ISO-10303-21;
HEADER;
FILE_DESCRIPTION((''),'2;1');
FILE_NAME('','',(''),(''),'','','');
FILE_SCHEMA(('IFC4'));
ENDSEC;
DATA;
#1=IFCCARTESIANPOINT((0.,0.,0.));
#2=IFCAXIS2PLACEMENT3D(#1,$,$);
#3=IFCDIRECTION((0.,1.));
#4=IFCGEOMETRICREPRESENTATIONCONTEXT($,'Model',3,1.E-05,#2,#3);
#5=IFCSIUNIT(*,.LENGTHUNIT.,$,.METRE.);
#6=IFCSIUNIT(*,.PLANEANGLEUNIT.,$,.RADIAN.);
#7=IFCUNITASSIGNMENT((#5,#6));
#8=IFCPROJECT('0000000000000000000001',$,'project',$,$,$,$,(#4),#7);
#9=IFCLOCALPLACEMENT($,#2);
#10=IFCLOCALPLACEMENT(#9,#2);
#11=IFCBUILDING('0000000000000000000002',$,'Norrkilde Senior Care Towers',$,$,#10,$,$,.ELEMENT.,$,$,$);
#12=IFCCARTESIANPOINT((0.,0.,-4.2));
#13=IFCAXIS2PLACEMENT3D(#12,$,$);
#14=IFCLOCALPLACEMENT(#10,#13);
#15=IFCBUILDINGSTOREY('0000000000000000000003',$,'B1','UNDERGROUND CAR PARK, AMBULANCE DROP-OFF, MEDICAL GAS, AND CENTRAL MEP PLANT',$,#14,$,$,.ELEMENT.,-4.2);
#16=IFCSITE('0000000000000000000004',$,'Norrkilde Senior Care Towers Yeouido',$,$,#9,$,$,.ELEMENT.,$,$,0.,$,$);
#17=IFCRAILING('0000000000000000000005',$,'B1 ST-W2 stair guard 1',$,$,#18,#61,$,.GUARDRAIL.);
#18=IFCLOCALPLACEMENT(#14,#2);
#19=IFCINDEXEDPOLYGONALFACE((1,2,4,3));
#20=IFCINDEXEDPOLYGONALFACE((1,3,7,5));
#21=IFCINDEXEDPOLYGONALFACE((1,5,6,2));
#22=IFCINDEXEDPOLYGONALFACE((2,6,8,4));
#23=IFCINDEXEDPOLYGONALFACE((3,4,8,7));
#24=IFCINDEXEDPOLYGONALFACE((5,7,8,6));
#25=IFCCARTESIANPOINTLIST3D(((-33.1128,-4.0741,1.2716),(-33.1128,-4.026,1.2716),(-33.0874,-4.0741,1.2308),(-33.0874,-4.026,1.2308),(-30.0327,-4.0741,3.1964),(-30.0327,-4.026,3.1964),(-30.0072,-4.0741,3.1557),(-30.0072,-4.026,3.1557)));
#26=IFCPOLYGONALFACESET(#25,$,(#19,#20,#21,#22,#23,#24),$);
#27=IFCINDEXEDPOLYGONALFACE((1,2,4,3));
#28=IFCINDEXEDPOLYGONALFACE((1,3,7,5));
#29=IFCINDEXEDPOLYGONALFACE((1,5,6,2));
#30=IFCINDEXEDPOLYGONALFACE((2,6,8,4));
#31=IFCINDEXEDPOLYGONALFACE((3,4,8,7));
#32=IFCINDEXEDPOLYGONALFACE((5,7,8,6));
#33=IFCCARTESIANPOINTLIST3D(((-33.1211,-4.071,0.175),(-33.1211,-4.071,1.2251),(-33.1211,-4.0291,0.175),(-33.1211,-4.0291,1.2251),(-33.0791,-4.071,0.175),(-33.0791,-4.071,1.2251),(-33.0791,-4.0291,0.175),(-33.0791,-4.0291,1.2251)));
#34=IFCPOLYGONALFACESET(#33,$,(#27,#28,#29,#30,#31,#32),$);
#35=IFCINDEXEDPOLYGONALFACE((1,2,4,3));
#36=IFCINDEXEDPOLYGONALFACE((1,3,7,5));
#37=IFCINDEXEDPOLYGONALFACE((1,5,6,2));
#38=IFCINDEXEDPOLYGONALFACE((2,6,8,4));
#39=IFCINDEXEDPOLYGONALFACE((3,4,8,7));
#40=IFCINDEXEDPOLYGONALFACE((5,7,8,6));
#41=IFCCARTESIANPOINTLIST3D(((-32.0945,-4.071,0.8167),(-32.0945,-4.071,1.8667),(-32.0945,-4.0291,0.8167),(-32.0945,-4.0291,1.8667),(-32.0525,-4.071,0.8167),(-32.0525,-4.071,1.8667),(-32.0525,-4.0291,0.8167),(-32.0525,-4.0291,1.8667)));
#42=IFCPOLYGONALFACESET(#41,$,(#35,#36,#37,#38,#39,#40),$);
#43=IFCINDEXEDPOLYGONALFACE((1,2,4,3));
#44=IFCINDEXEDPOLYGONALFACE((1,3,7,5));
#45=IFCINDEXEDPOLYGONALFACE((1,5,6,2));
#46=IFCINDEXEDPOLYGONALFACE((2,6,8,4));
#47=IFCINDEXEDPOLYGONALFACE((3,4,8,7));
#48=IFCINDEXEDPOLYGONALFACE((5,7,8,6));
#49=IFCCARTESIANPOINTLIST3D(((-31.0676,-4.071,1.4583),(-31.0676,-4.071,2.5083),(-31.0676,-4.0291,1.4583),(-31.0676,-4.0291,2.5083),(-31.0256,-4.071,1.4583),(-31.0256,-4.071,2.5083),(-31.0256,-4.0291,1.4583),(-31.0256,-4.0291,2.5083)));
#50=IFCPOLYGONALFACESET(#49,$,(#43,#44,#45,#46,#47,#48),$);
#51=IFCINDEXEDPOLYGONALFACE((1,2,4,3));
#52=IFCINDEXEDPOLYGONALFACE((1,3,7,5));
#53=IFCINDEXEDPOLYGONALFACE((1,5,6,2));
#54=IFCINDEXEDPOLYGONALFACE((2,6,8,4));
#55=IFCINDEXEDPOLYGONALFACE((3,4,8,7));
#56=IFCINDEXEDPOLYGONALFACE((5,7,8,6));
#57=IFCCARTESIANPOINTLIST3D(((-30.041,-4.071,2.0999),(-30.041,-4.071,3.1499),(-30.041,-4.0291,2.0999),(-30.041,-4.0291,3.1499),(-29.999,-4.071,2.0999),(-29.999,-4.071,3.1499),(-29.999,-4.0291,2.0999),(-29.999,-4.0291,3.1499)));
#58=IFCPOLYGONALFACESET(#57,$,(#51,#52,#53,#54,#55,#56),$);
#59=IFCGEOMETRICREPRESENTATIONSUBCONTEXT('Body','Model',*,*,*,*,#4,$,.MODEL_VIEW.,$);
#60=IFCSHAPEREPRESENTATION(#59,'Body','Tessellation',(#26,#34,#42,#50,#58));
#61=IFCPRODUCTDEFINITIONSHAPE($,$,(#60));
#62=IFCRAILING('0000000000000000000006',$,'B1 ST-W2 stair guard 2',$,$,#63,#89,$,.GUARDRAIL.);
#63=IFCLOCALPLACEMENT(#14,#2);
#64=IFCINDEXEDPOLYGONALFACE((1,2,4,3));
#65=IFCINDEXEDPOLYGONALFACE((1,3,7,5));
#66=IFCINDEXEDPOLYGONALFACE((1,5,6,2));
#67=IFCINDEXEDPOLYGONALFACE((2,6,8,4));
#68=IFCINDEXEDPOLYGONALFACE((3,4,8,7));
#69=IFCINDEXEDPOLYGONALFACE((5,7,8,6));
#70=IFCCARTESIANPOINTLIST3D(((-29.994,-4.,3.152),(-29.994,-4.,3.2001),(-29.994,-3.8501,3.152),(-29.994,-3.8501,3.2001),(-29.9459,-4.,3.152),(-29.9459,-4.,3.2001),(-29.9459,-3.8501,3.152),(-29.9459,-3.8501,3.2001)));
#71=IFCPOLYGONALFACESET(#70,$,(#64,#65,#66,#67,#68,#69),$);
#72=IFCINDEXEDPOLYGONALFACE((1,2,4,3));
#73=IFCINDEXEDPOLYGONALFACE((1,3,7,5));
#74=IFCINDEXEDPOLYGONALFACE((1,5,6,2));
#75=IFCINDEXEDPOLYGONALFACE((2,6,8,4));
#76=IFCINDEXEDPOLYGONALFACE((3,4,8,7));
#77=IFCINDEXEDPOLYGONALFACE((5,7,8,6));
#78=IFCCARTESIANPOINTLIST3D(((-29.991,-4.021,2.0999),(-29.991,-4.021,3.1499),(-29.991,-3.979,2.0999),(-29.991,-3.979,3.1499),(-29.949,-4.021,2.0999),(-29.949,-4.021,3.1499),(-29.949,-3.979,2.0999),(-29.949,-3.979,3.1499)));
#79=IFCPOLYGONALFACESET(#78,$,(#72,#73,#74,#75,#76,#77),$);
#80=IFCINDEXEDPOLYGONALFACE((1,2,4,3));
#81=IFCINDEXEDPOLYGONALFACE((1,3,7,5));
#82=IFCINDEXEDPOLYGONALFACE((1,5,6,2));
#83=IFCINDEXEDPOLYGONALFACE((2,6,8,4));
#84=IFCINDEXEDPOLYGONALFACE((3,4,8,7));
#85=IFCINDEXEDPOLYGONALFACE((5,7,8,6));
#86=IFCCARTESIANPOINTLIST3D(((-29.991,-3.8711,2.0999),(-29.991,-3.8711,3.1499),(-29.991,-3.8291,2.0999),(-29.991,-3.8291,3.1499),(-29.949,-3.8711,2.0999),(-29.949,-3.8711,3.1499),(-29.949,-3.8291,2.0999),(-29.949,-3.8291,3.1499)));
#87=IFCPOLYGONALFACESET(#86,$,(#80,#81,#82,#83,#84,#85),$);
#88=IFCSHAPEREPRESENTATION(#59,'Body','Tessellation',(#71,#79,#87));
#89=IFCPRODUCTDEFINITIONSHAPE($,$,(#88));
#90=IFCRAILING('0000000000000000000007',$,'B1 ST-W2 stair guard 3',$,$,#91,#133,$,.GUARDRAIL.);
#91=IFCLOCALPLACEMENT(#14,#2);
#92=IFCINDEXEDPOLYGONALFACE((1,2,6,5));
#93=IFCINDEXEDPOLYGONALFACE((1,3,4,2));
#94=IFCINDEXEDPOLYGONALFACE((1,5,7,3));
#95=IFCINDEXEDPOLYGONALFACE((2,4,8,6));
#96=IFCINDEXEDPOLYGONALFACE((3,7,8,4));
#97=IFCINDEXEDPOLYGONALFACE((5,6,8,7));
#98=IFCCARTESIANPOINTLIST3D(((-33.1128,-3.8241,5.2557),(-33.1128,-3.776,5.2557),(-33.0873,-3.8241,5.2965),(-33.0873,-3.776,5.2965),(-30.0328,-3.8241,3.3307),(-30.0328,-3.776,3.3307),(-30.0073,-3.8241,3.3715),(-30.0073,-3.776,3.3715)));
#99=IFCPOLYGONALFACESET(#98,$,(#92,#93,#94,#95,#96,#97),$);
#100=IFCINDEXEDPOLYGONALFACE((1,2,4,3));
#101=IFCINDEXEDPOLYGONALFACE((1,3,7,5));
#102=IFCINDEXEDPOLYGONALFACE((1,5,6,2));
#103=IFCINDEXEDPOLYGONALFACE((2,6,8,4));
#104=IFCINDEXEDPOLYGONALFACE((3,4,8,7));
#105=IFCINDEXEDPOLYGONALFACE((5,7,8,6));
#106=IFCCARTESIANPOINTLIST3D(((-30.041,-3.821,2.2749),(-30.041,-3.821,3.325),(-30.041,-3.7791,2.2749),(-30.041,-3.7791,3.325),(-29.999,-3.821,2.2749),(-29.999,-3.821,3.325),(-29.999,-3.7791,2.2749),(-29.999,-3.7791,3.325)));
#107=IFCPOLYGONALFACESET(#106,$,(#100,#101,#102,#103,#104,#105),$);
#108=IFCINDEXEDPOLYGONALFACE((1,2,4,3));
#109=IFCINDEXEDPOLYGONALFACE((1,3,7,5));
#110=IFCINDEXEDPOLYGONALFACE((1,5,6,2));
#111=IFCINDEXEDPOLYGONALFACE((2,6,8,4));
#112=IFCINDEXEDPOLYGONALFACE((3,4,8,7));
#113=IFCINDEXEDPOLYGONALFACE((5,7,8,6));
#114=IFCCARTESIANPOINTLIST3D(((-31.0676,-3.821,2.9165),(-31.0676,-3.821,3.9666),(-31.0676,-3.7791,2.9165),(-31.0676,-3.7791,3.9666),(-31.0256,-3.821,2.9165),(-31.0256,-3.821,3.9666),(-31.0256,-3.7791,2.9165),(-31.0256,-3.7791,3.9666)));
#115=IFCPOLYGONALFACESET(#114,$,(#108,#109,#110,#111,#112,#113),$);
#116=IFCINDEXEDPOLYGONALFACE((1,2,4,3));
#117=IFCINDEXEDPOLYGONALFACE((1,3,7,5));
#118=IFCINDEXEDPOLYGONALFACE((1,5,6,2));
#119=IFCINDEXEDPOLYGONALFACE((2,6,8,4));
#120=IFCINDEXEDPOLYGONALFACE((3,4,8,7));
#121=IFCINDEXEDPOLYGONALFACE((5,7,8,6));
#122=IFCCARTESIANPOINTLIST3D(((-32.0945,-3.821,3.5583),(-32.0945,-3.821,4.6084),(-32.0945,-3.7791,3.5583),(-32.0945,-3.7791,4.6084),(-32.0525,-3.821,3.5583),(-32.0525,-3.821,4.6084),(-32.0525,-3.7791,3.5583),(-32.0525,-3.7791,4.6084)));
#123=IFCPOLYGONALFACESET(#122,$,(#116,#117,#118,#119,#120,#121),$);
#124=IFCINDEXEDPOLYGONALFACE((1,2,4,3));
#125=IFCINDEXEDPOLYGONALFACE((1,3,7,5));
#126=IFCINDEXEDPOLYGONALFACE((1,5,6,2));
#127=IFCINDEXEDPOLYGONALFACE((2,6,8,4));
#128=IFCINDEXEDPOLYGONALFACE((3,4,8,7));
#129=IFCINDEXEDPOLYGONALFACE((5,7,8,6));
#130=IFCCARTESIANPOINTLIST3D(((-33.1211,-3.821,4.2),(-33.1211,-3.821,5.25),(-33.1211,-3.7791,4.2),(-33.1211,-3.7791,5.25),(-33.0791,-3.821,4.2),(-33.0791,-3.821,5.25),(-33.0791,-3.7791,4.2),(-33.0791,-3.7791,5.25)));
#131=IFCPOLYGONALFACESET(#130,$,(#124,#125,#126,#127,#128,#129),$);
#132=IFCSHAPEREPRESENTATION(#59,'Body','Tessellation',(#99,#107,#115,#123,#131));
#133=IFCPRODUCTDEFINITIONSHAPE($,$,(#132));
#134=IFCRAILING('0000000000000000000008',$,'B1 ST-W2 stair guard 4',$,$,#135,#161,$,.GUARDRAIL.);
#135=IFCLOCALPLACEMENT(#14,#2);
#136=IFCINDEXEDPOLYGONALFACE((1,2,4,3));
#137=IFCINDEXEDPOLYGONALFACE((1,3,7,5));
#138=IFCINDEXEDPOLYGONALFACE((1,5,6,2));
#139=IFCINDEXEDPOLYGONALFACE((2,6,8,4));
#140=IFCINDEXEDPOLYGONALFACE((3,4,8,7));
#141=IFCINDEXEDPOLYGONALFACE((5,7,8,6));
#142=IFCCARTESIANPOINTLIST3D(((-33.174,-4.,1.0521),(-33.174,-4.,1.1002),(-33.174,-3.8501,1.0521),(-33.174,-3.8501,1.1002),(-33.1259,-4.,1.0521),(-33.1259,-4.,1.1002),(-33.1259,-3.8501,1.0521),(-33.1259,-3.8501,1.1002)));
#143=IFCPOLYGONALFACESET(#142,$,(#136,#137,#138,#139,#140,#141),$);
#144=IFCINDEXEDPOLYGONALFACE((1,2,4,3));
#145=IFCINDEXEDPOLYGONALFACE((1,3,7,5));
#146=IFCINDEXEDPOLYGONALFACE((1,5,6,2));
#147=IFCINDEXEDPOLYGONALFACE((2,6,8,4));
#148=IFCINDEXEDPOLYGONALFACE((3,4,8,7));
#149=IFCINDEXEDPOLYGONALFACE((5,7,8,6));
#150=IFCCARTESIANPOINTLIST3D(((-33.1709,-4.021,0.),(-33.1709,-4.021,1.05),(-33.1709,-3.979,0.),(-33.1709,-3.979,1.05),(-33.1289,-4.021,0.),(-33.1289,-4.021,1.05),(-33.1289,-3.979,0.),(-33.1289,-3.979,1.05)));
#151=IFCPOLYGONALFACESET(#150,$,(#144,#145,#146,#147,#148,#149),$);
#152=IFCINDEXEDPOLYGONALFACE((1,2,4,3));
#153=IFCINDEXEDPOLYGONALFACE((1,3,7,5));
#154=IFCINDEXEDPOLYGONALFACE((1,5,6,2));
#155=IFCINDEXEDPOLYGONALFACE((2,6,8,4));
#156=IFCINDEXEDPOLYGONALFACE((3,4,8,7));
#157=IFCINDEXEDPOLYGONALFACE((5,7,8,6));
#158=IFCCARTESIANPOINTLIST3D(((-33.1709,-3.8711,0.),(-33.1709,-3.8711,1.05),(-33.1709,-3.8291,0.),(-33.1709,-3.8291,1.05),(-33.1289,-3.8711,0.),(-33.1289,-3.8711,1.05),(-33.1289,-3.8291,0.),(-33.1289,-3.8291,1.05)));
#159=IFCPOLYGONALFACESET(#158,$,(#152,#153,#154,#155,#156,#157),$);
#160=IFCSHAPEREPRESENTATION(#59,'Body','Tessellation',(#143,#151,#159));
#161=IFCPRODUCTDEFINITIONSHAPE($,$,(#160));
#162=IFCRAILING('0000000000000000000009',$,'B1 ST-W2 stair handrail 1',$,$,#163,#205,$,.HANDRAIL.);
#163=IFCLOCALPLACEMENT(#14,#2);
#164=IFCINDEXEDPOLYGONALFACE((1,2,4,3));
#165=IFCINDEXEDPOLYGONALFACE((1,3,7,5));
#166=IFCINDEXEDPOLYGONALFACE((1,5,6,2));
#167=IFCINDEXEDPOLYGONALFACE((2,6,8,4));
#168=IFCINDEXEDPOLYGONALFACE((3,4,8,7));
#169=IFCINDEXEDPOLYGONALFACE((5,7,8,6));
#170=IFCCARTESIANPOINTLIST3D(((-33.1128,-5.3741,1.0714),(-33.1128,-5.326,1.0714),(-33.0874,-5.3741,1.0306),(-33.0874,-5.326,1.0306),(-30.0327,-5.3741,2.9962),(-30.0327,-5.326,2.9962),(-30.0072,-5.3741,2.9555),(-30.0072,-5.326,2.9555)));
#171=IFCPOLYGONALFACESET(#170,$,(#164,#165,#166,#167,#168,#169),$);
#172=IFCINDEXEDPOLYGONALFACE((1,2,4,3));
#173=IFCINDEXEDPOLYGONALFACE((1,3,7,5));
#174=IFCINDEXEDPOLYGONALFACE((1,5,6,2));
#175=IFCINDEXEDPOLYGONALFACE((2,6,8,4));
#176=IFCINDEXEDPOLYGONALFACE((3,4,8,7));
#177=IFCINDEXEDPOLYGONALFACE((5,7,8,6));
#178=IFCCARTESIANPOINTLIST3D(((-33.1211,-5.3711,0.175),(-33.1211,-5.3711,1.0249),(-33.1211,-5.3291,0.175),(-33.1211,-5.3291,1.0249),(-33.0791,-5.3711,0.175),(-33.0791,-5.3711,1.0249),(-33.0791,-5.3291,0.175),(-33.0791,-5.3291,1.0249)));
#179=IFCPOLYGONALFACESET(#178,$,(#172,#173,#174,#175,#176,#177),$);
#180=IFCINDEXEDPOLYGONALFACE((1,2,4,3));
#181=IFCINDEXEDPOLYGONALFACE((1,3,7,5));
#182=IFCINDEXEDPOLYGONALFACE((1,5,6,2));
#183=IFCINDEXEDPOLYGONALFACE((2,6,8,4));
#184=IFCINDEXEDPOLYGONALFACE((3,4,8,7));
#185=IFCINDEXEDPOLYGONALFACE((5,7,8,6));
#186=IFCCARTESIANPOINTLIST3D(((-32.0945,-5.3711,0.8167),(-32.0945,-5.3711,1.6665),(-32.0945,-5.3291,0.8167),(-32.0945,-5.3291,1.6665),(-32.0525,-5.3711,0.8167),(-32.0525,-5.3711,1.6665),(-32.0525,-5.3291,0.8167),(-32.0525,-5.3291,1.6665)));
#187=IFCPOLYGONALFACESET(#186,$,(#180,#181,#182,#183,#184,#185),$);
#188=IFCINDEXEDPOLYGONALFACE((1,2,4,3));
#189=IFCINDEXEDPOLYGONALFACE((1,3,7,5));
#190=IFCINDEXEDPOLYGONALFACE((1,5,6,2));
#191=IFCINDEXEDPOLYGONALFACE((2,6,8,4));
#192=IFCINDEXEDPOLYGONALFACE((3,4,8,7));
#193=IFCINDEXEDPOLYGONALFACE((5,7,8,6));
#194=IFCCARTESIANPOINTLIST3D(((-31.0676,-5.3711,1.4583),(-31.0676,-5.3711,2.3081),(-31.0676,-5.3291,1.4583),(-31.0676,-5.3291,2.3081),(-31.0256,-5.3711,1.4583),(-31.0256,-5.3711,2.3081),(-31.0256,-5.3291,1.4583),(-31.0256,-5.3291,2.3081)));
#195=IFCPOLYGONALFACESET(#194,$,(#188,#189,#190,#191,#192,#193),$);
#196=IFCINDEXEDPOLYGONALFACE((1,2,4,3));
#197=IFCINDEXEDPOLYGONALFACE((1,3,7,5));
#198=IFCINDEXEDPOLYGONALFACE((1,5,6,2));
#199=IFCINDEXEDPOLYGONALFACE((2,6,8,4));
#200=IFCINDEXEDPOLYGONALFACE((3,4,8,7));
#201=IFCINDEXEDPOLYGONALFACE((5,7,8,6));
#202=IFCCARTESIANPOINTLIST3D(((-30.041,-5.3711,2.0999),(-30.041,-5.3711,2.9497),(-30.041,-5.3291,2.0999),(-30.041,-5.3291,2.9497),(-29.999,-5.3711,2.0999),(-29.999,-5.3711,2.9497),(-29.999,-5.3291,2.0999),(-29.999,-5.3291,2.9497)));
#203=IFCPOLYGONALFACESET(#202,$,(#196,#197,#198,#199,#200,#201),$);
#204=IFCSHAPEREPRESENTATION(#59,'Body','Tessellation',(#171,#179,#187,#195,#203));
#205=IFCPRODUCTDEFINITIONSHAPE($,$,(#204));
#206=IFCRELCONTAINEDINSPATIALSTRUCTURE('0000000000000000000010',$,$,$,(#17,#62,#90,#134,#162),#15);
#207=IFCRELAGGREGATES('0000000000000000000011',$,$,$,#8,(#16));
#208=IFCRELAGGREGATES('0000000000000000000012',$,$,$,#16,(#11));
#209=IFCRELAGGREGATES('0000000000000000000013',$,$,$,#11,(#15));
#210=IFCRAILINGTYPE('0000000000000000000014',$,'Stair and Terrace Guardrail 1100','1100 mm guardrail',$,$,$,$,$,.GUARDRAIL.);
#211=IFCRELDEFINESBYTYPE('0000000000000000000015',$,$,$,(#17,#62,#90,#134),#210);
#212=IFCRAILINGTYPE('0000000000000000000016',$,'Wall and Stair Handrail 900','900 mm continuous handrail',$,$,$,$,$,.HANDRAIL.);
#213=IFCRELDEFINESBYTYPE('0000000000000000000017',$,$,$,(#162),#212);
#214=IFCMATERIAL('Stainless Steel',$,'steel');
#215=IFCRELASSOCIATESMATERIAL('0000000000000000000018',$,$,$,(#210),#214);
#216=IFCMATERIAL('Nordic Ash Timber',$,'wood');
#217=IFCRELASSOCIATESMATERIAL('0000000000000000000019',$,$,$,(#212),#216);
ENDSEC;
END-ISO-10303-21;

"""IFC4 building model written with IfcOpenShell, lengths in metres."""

from ifc_helpers import new_model, si_unit, direction, frame, origin, origin_2d, place, context, subcontext, project, spatial, rectangle, extrude, material, type_object, element, save


model = new_model("IFC4")

# Units and contexts
model_context = context("Model", 3, precision=1e-05, world=origin(), true_north=direction((0.0, 1.0)))
body_context = subcontext(model_context, "Body", "Model", "MODEL_VIEW")
ifc_project = project(units=[si_unit("LENGTHUNIT", "METRE"), si_unit("PLANEANGLEUNIT", "RADIAN")], contexts=[model_context])

# Site, building, storey
site_placement = place(None, origin())
site = spatial("IfcSite", under=ifc_project, at=site_placement, Name="Norrkilde Senior Care Towers Yeouido", CompositionType="ELEMENT", RefElevation=0.0)
building_placement = place(site_placement, origin())
building = spatial("IfcBuilding", under=site, at=building_placement, Name="Norrkilde Senior Care Towers", CompositionType="ELEMENT")
storey_placement = place(building_placement, frame((0.0, 0.0, -4.2)))
storey = spatial("IfcBuildingStorey", under=building, at=storey_placement, Name="B1", Description="UNDERGROUND CAR PARK, AMBULANCE DROP-OFF, MEDICAL GAS, AND CENTRAL MEP PLANT", CompositionType="ELEMENT", Elevation=-4.2)

# Railings
ifc_material_1 = material(Name="Stainless Steel", Category="steel")
railing_type_1 = type_object("IfcRailingType", Name="Stair and Terrace Guardrail 1100", Description="1100 mm guardrail", PredefinedType="GUARDRAIL", material=ifc_material_1)
railing_1_placement = place(storey_placement, frame((-33.1001, -4.05, 0.175)))
element("IfcRailing", 1, at=railing_1_placement, inside=storey, type_object=railing_type_1, Name="B1 ST-W2 stair guard 1", PredefinedType="GUARDRAIL", context=body_context, shape_type="SweptSolid", body=[
    extrude(rectangle(XDim=0.0481, YDim=0.0481, at=origin_2d()), frame((0.0, 0.0, 1.0762), z_axis=(0.848029, 0.0, 0.529951), x_axis=(0.0, 1.0, 0.0)), (0.0, 0.0, 1.0), 3.6321),
    extrude(rectangle(XDim=0.042, YDim=0.042, at=origin_2d()), origin(), (0.0, 0.0, 1.0), 1.05),
    extrude(rectangle(XDim=0.042, YDim=0.042, at=origin_2d()), frame((1.0266, 0.0, 0.6416)), (0.0, 0.0, 1.0), 1.05),
    extrude(rectangle(XDim=0.042, YDim=0.042, at=origin_2d()), frame((2.0535, 0.0, 1.2832)), (0.0, 0.0, 1.0), 1.05),
    extrude(rectangle(XDim=0.042, YDim=0.042, at=origin_2d()), frame((3.0801, 0.0, 1.9248)), (0.0, 0.0, 1.0), 1.05),
])
railing_2_placement = place(storey_placement, frame((-29.97, -4.0, 2.0999)))
element("IfcRailing", 2, at=railing_2_placement, inside=storey, type_object=railing_type_1, Name="B1 ST-W2 stair guard 2", PredefinedType="GUARDRAIL", context=body_context, shape_type="SweptSolid", body=[
    extrude(rectangle(XDim=0.0481, YDim=0.0481, at=origin_2d()), frame((0.0, 0.0, 1.0762), z_axis=(0.0, 1.0, 0.0), x_axis=(-1.0, 0.0, 0.0)), (0.0, 0.0, 1.0), 0.1499),
    extrude(rectangle(XDim=0.042, YDim=0.042, at=origin_2d()), origin(), (0.0, 0.0, 1.0), 1.05),
    extrude(rectangle(XDim=0.042, YDim=0.042, at=origin_2d()), frame((0.0, 0.1499, 0.0)), (0.0, 0.0, 1.0), 1.05),
])
railing_3_placement = place(storey_placement, frame((-30.02, -3.8, 2.2749)))
element("IfcRailing", 3, at=railing_3_placement, inside=storey, type_object=railing_type_1, Name="B1 ST-W2 stair guard 3", PredefinedType="GUARDRAIL", context=body_context, shape_type="SweptSolid", body=[
    extrude(rectangle(XDim=0.0481, YDim=0.0481, at=origin_2d()), frame((0.0, 0.0, 1.0762), z_axis=(-0.847998, 0.0, 0.529999), x_axis=(0.0, -1.0, 0.0)), (0.0, 0.0, 1.0), 3.6321),
    extrude(rectangle(XDim=0.042, YDim=0.042, at=origin_2d()), origin(), (0.0, 0.0, 1.0), 1.05),
    extrude(rectangle(XDim=0.042, YDim=0.042, at=origin_2d()), frame((-1.0266, 0.0, 0.6416)), (0.0, 0.0, 1.0), 1.05),
    extrude(rectangle(XDim=0.042, YDim=0.042, at=origin_2d()), frame((-2.0535, 0.0, 1.2834)), (0.0, 0.0, 1.0), 1.05),
    extrude(rectangle(XDim=0.042, YDim=0.042, at=origin_2d()), frame((-3.0801, 0.0, 1.925)), (0.0, 0.0, 1.0), 1.05),
])
railing_4_placement = place(storey_placement, frame((-33.1499, -4.0, 0.0)))
element("IfcRailing", 4, at=railing_4_placement, inside=storey, type_object=railing_type_1, Name="B1 ST-W2 stair guard 4", PredefinedType="GUARDRAIL", context=body_context, shape_type="SweptSolid", body=[
    extrude(rectangle(XDim=0.0481, YDim=0.0481, at=origin_2d()), frame((0.0, 0.0, 1.0762), z_axis=(0.0, 1.0, 0.0), x_axis=(-1.0, 0.0, 0.0)), (0.0, 0.0, 1.0), 0.1499),
    extrude(rectangle(XDim=0.042, YDim=0.042, at=origin_2d()), origin(), (0.0, 0.0, 1.0), 1.05),
    extrude(rectangle(XDim=0.042, YDim=0.042, at=origin_2d()), frame((0.0, 0.1499, 0.0)), (0.0, 0.0, 1.0), 1.05),
])
ifc_material_2 = material(Name="Nordic Ash Timber", Category="wood")
railing_type_2 = type_object("IfcRailingType", Name="Wall and Stair Handrail 900", Description="900 mm continuous handrail", PredefinedType="HANDRAIL", material=ifc_material_2)
railing_5_placement = place(storey_placement, frame((-33.1001, -5.3501, 0.175)))
element("IfcRailing", 5, at=railing_5_placement, inside=storey, type_object=railing_type_2, Name="B1 ST-W2 stair handrail 1", PredefinedType="HANDRAIL", context=body_context, shape_type="SweptSolid", body=[
    extrude(rectangle(XDim=0.0481, YDim=0.0481, at=origin_2d()), frame((0.0, 0.0, 0.876), z_axis=(0.848029, 0.0, 0.529951), x_axis=(0.0, 1.0, 0.0)), (0.0, 0.0, 1.0), 3.6321),
    extrude(rectangle(XDim=0.042, YDim=0.042, at=origin_2d()), origin(), (0.0, 0.0, 1.0), 0.8499),
    extrude(rectangle(XDim=0.042, YDim=0.042, at=origin_2d()), frame((1.0266, 0.0, 0.6416)), (0.0, 0.0, 1.0), 0.8499),
    extrude(rectangle(XDim=0.042, YDim=0.042, at=origin_2d()), frame((2.0535, 0.0, 1.2832)), (0.0, 0.0, 1.0), 0.8499),
    extrude(rectangle(XDim=0.042, YDim=0.042, at=origin_2d()), frame((3.0801, 0.0, 1.9248)), (0.0, 0.0, 1.0), 0.8499),
])

save(model, "model.ifc")
